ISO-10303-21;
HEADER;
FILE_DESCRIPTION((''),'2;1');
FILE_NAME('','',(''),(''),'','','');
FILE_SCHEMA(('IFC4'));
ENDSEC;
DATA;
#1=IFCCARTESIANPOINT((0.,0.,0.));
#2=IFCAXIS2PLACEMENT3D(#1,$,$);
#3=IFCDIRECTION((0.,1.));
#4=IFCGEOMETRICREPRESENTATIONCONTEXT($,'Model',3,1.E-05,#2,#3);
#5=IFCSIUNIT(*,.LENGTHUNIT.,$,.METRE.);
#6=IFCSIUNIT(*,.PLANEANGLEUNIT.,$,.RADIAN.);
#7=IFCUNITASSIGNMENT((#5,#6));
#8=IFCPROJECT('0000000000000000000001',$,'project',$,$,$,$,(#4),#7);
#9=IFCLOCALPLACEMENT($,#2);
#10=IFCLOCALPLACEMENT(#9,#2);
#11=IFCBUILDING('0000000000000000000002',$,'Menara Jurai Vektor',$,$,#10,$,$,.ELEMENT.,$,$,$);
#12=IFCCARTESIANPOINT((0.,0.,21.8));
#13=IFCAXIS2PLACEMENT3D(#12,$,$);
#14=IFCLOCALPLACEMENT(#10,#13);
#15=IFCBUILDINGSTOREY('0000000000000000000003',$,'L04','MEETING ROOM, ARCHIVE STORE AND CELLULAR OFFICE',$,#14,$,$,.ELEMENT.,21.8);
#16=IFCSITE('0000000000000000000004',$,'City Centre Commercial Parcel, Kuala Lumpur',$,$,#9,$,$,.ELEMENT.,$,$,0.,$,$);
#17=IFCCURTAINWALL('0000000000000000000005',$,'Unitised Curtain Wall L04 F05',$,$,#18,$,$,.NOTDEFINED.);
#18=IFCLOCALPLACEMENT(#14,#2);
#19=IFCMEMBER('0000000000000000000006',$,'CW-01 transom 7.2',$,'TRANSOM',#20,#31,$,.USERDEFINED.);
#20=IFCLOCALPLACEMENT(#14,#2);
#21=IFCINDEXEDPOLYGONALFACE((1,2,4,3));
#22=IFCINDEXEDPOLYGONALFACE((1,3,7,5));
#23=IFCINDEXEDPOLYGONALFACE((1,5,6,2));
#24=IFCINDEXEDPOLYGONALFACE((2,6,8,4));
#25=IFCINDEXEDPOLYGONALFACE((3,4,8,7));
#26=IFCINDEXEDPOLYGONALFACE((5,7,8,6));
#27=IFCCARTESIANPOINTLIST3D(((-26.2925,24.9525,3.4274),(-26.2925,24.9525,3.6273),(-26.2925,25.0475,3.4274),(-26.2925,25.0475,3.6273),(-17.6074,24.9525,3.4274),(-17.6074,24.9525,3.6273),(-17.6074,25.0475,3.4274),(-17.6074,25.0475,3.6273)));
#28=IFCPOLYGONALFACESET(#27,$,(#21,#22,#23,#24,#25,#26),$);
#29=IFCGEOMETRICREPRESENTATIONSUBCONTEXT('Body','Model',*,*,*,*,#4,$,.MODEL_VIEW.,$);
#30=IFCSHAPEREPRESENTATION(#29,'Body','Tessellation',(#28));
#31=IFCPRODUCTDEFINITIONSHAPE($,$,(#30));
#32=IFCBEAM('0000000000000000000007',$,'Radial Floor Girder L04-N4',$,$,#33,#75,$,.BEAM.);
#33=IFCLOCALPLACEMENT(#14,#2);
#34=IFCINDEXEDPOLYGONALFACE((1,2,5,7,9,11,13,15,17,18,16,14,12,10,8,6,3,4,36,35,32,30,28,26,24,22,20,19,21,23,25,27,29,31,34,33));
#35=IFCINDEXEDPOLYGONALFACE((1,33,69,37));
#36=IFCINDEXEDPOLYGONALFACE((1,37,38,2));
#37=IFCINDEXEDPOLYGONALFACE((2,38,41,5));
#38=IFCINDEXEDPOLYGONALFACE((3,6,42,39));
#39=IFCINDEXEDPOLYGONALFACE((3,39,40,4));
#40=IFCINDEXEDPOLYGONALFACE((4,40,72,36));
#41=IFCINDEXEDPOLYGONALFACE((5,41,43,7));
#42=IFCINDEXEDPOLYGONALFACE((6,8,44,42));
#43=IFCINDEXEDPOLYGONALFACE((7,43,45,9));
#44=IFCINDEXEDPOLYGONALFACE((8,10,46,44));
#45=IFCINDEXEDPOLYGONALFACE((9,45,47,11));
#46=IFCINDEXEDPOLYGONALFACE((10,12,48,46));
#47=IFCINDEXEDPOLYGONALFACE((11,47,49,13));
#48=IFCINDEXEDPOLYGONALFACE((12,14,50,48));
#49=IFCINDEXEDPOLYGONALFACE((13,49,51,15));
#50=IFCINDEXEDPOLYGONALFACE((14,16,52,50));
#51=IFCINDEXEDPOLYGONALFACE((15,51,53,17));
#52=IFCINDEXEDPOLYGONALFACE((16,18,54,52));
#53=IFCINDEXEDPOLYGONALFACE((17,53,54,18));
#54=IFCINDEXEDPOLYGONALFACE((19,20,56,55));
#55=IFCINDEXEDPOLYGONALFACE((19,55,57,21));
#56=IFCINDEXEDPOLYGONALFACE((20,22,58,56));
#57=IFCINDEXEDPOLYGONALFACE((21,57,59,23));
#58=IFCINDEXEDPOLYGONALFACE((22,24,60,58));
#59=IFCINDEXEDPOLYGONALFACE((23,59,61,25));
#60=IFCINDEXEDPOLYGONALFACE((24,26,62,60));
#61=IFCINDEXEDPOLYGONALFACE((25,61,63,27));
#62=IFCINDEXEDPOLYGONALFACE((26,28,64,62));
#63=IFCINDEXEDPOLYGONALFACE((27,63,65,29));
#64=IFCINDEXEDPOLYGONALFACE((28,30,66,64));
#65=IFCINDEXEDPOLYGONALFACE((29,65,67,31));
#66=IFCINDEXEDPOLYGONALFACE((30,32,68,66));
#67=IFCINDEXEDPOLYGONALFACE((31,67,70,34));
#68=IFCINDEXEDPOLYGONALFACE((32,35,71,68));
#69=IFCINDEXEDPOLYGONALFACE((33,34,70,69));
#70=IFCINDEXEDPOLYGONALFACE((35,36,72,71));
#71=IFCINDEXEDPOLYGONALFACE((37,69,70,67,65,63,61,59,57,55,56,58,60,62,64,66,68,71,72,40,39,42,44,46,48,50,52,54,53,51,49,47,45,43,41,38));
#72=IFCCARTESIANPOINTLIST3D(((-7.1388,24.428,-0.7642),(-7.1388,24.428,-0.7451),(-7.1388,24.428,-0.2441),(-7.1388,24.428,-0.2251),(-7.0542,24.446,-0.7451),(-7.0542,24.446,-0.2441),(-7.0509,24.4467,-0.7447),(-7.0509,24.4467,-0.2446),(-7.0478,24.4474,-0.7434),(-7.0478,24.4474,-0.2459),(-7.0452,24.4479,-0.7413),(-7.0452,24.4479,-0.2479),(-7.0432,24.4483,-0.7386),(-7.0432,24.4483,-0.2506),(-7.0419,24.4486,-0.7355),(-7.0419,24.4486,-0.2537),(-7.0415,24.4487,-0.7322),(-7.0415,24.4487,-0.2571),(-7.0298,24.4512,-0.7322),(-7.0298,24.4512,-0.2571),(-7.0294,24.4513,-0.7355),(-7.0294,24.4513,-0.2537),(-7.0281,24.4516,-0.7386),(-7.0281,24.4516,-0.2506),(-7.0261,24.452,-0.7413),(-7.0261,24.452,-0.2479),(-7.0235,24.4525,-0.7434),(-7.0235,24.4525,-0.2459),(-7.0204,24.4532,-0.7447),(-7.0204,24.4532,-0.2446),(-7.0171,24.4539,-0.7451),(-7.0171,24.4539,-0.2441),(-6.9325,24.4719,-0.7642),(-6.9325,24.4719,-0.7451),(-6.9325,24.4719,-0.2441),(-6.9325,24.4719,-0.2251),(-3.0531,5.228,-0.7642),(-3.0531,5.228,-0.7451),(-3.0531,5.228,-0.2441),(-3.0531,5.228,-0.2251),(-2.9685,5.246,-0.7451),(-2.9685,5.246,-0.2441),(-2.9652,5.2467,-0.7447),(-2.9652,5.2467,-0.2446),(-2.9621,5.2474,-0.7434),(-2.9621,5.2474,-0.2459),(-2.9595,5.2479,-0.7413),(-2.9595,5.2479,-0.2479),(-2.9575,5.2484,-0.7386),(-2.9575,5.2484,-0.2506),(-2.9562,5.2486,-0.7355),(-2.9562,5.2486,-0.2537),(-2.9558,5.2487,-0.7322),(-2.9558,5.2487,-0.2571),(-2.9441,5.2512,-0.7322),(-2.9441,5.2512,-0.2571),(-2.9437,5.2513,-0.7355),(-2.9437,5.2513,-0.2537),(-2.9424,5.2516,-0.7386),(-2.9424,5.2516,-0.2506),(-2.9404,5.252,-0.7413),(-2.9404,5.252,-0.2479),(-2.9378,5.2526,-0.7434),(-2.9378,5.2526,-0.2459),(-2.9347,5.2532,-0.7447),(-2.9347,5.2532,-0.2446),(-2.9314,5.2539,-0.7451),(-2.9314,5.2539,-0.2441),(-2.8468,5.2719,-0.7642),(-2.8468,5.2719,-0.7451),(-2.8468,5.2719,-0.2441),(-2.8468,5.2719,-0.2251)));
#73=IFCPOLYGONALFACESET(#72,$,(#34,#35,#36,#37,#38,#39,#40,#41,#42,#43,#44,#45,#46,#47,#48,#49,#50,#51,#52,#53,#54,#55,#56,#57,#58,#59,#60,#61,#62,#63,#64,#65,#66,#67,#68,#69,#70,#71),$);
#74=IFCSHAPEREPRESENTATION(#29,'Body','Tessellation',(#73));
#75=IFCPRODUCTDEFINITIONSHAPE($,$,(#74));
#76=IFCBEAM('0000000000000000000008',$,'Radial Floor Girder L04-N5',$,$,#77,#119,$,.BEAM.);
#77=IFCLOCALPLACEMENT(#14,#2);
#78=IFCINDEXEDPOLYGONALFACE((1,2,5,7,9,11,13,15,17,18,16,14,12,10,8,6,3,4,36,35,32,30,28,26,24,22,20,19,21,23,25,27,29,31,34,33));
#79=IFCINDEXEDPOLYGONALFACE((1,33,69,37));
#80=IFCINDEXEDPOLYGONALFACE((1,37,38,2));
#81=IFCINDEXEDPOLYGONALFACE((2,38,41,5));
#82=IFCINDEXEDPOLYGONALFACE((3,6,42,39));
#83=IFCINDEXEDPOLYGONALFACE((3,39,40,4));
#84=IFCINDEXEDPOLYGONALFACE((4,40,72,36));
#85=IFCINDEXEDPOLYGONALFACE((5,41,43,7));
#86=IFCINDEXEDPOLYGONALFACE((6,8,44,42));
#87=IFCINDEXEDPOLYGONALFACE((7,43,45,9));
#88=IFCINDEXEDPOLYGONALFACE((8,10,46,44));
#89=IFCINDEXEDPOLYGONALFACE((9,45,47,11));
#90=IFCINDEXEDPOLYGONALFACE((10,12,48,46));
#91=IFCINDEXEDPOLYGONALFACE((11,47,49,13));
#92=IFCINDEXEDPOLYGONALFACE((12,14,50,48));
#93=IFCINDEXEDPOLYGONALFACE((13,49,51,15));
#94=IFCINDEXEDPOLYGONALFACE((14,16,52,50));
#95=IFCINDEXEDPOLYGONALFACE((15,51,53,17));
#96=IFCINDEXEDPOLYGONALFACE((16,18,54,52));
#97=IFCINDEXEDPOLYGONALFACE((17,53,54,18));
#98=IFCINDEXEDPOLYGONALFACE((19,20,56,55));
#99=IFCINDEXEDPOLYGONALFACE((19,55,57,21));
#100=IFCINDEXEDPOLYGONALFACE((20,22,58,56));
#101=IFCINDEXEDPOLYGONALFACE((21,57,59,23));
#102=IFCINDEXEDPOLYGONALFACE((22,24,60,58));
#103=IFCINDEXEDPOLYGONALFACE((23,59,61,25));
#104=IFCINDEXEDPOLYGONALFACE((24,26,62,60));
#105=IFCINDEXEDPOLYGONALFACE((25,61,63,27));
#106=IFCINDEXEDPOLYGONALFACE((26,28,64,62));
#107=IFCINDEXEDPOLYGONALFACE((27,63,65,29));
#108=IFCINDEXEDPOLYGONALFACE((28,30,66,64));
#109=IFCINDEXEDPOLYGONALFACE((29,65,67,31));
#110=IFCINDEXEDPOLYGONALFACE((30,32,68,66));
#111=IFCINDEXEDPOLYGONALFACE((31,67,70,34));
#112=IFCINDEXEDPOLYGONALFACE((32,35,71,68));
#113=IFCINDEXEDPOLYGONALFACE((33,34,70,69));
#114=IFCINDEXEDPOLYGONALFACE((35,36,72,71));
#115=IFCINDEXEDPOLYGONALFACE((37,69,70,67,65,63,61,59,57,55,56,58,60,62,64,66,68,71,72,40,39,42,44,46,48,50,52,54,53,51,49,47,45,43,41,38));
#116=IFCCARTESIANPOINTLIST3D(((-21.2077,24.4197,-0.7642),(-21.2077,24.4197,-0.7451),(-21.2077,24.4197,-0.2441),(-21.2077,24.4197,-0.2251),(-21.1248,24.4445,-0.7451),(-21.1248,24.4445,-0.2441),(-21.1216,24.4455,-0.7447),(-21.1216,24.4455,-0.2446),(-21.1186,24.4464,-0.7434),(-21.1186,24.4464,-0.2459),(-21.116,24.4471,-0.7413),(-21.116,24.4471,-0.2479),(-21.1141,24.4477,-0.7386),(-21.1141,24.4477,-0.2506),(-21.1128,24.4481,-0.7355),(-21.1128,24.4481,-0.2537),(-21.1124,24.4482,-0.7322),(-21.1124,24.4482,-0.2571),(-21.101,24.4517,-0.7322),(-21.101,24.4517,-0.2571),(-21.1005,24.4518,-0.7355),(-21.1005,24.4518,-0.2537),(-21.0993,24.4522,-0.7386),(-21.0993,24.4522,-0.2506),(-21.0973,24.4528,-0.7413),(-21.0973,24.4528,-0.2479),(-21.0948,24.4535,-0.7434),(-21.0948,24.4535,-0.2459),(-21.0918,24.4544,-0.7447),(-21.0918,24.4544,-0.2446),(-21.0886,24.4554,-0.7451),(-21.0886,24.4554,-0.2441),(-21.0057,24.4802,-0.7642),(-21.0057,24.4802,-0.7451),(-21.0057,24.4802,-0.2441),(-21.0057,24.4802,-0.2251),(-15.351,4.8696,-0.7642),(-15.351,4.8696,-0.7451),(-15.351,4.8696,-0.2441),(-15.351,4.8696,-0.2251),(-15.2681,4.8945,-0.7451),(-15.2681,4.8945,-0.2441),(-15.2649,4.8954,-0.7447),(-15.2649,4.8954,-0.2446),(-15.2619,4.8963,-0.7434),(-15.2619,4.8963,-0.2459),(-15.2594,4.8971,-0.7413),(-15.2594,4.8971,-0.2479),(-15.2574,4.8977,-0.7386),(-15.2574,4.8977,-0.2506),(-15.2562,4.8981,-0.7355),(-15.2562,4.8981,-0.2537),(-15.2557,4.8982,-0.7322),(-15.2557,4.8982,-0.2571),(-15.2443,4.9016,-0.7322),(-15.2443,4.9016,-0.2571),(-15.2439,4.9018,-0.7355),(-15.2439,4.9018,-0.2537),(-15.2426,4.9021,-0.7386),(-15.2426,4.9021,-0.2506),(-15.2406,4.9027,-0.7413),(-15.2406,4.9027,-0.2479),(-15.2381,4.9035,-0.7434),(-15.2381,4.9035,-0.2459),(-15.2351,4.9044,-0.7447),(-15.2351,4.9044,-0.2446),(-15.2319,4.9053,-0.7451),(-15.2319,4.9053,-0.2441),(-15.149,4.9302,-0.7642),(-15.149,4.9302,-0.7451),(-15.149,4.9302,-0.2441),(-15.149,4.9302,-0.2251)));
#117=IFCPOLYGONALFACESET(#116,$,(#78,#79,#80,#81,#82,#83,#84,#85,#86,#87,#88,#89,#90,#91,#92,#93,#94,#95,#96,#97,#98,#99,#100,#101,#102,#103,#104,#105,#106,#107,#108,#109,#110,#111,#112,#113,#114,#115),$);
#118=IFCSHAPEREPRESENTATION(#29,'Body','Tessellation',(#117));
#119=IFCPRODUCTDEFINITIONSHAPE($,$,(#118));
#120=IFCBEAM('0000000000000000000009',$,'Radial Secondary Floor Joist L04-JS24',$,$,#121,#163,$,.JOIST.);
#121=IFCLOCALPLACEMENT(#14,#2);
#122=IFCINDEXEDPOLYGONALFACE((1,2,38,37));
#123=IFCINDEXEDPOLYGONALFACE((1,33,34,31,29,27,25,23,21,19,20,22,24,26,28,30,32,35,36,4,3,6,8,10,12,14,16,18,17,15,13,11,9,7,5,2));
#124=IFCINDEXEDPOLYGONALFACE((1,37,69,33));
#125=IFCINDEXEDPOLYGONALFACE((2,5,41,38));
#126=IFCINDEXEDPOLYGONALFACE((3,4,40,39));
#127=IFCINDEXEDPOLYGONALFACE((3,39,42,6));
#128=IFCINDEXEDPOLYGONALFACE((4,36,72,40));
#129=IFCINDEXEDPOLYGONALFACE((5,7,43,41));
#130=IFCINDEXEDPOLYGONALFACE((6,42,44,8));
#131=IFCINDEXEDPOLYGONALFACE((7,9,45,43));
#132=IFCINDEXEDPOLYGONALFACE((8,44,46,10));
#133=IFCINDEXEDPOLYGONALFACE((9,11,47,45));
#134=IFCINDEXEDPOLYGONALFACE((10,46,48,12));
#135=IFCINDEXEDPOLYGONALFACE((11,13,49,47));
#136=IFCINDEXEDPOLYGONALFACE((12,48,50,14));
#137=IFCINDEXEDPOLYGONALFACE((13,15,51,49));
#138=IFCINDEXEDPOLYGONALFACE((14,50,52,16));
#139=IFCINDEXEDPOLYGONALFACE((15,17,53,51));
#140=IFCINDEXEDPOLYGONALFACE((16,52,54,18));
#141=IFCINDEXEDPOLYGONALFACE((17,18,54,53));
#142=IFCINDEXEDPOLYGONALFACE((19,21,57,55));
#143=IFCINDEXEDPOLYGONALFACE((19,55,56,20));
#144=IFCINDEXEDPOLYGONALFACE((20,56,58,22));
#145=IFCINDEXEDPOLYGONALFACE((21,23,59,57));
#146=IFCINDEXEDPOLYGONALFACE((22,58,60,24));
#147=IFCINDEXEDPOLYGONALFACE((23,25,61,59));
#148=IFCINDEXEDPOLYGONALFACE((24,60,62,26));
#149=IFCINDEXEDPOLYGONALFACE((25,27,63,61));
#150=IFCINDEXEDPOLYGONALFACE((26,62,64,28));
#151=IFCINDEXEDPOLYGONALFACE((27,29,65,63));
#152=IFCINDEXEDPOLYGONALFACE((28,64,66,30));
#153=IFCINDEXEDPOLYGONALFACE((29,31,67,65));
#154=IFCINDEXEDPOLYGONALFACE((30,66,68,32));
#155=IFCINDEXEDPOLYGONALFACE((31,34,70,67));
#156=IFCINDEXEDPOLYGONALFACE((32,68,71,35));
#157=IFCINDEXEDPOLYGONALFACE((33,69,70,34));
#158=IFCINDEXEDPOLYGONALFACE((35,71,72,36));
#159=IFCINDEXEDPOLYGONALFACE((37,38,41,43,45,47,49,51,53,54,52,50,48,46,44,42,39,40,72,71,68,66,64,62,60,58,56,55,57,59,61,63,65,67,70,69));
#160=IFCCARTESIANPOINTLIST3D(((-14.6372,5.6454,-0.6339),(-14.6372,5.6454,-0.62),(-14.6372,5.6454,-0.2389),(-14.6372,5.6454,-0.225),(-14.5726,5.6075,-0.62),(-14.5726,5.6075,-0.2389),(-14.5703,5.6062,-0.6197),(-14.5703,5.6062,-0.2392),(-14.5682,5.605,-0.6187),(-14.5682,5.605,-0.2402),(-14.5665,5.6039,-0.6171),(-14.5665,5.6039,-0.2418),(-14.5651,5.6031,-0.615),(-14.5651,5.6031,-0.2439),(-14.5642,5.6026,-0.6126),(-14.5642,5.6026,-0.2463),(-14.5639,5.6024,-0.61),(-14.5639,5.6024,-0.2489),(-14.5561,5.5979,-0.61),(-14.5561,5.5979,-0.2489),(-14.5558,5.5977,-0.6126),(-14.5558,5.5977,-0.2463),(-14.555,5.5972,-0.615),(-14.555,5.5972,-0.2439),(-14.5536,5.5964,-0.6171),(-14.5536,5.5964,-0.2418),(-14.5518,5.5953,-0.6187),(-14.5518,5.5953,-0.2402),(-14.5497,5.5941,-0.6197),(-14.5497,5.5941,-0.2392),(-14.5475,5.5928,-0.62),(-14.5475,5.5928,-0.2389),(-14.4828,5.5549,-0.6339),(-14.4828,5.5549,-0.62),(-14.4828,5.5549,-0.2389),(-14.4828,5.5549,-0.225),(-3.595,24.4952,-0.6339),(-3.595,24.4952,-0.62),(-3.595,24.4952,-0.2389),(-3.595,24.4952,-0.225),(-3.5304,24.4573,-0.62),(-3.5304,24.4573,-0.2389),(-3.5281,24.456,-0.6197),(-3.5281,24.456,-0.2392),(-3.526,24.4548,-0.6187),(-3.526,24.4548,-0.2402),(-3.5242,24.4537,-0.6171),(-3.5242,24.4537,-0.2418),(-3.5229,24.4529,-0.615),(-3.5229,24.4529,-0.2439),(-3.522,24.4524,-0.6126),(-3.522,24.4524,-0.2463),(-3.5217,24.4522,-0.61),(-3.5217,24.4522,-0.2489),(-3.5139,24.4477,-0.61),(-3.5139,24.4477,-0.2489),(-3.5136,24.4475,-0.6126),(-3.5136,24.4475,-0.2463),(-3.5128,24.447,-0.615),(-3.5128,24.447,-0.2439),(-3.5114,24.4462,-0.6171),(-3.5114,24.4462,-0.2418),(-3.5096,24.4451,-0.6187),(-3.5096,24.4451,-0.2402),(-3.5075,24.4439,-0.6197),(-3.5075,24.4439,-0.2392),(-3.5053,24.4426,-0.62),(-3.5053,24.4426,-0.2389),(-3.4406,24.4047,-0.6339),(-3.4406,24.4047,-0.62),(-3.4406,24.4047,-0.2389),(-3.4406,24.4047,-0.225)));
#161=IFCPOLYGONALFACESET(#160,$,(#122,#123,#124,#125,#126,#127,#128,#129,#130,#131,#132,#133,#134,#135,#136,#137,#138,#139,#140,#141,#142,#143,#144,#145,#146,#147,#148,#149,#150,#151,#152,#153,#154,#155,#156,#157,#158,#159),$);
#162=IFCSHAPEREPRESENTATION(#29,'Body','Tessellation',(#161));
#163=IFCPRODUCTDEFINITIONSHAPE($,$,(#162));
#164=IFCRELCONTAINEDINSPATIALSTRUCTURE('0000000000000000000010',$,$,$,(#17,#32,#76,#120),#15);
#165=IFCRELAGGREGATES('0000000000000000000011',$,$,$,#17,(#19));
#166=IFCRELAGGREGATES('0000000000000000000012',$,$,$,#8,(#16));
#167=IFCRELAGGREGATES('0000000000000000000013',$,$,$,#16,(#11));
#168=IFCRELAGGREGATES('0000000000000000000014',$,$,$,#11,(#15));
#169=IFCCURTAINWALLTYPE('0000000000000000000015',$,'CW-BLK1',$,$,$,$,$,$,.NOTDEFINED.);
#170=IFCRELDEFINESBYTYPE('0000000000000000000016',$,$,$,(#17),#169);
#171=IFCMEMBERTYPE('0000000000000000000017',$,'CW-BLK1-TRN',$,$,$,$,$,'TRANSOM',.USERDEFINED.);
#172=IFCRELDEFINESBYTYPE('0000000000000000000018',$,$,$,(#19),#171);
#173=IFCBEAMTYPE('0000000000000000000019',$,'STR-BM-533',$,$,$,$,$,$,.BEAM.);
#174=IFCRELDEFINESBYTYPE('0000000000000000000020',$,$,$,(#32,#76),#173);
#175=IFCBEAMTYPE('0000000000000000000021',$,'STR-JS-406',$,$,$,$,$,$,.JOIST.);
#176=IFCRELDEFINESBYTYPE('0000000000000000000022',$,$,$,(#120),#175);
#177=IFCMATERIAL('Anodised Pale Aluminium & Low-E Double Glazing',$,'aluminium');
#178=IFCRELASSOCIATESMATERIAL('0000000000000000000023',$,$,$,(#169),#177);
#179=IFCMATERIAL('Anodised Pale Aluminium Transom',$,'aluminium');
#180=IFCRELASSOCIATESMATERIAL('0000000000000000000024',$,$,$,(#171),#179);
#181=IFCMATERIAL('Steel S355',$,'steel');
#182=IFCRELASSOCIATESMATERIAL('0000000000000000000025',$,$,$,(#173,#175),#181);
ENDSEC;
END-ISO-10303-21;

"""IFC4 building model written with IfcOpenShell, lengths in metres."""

from ifc_helpers import new_model, si_unit, direction, frame, origin, origin_2d, place, context, subcontext, project, spatial, rectangle, i_section, extrude, material, material_profile, profile_set, type_object, element, aggregate, save


model = new_model("IFC4")

# Units and contexts
model_context = context("Model", 3, precision=1e-05, world=origin(), true_north=direction((0.0, 1.0)))
body_context = subcontext(model_context, "Body", "Model", "MODEL_VIEW")
ifc_project = project(units=[si_unit("LENGTHUNIT", "METRE"), si_unit("PLANEANGLEUNIT", "RADIAN")], contexts=[model_context])

# Site, building, storey
site_placement = place(None, origin())
site = spatial("IfcSite", under=ifc_project, at=site_placement, Name="City Centre Commercial Parcel, Kuala Lumpur", CompositionType="ELEMENT", RefElevation=0.0)
building_placement = place(site_placement, origin())
building = spatial("IfcBuilding", under=site, at=building_placement, Name="Menara Jurai Vektor", CompositionType="ELEMENT")
storey_placement = place(building_placement, frame((0.0, 0.0, 21.8)))
storey = spatial("IfcBuildingStorey", under=building, at=storey_placement, Name="L04", Description="MEETING ROOM, ARCHIVE STORE AND CELLULAR OFFICE", CompositionType="ELEMENT", Elevation=21.8)

# Curtain wall, member
ifc_material_1 = material(Name="Anodised Pale Aluminium & Low-E Double Glazing", Category="aluminium")
curtain_wall_type = type_object("IfcCurtainWallType", Name="CW-BLK1", PredefinedType="NOTDEFINED", material=ifc_material_1)
curtain_wall_placement = place(storey_placement, origin())
curtain_wall = element("IfcCurtainWall", 1, at=curtain_wall_placement, inside=storey, type_object=curtain_wall_type, Name="Unitised Curtain Wall L04 F05", PredefinedType="NOTDEFINED")
ifc_material_2 = material(Name="Anodised Pale Aluminium Transom", Category="aluminium")
ifc_material_profile_1 = material_profile(ifc_material_2, rectangle(XDim=0.095, YDim=0.2, at=origin_2d()), Name="ALU TRN 95x200")
ifc_profile_set_1 = profile_set([ifc_material_profile_1], Name="Anodised Pale Aluminium Transom")
member_type_1 = type_object("IfcMemberType", Name="CW-BLK1-TRN", ElementType="TRANSOM", PredefinedType="USERDEFINED", material=ifc_profile_set_1)
member_1_placement = place(storey_placement, frame((-17.6074, 25.0, 3.5273), z_axis=(-1.0, 0.0, 0.0), x_axis=(0.0, -1.0, 0.0)))
member_1 = element("IfcMember", 2, at=member_1_placement, type_object=member_type_1, Name="CW-01 transom 7.2", ObjectType="TRANSOM", PredefinedType="USERDEFINED", context=body_context, shape_type="SweptSolid", body=[
    extrude(rectangle(XDim=0.095, YDim=0.2, at=origin_2d()), origin(), (0.0, 0.0, 1.0), 8.6851),
])

# Beams
ifc_material_3 = material(Name="Steel S355", Category="steel")
ifc_material_profile_2 = material_profile(ifc_material_3, i_section(OverallWidth=0.2109, OverallDepth=0.5391, WebThickness=0.012, FlangeThickness=0.019, FilletRadius=0.0129, at=origin_2d()), Name="UKB 533x210x109")
ifc_profile_set_2 = profile_set([ifc_material_profile_2], Name="Steel S355")
beam_type_1 = type_object("IfcBeamType", Name="STR-BM-533", PredefinedType="BEAM", material=ifc_profile_set_2)
beam_1_placement = place(storey_placement, frame((-7.0356, 24.45, -0.4946), z_axis=(0.208137, -0.9781, 0.0), x_axis=(0.9781, 0.208137, 0.0)))
element("IfcBeam", 3, at=beam_1_placement, inside=storey, type_object=beam_type_1, Name="Radial Floor Girder L04-N4", PredefinedType="BEAM", context=body_context, shape_type="SweptSolid", body=[
    extrude(i_section(OverallWidth=0.2109, OverallDepth=0.5391, WebThickness=0.012, FlangeThickness=0.019, FilletRadius=0.0129, at=origin_2d()), origin(), (0.0, 0.0, 1.0), 19.6299),
])
beam_2_placement = place(storey_placement, frame((-21.1067, 24.45, -0.4946), z_axis=(0.286974, -0.957938, 0.0), x_axis=(0.957938, 0.286974, 0.0)))
element("IfcBeam", 4, at=beam_2_placement, inside=storey, type_object=beam_type_1, Name="Radial Floor Girder L04-N5", PredefinedType="BEAM", context=body_context, shape_type="SweptSolid", body=[
    extrude(i_section(OverallWidth=0.2109, OverallDepth=0.5391, WebThickness=0.012, FlangeThickness=0.019, FilletRadius=0.0129, at=origin_2d()), origin(), (0.0, 0.0, 1.0), 20.4084),
])
ifc_material_profile_3 = material_profile(ifc_material_3, i_section(OverallWidth=0.179, OverallDepth=0.4089, WebThickness=0.009, FlangeThickness=0.0139, FilletRadius=0.01, at=origin_2d()), Name="UKB 406x178x67")
ifc_profile_set_3 = profile_set([ifc_material_profile_3], Name="Steel S355")
beam_type_2 = type_object("IfcBeamType", Name="STR-JS-406", PredefinedType="JOIST", material=ifc_profile_set_3)
beam_3_placement = place(storey_placement, frame((-3.5178, 24.45, -0.4294), z_axis=(-0.505458, -0.862851, 0.0), x_axis=(0.862851, -0.505458, 0.0)))
element("IfcBeam", 5, at=beam_3_placement, inside=storey, type_object=beam_type_2, Name="Radial Secondary Floor Joist L04-JS24", PredefinedType="JOIST", context=body_context, shape_type="SweptSolid", body=[
    extrude(i_section(OverallWidth=0.179, OverallDepth=0.4089, WebThickness=0.009, FlangeThickness=0.0139, FilletRadius=0.01, at=origin_2d()), origin(), (0.0, 0.0, 1.0), 21.8459),
])

aggregate(curtain_wall, [member_1])

save(model, "model.ifc")
